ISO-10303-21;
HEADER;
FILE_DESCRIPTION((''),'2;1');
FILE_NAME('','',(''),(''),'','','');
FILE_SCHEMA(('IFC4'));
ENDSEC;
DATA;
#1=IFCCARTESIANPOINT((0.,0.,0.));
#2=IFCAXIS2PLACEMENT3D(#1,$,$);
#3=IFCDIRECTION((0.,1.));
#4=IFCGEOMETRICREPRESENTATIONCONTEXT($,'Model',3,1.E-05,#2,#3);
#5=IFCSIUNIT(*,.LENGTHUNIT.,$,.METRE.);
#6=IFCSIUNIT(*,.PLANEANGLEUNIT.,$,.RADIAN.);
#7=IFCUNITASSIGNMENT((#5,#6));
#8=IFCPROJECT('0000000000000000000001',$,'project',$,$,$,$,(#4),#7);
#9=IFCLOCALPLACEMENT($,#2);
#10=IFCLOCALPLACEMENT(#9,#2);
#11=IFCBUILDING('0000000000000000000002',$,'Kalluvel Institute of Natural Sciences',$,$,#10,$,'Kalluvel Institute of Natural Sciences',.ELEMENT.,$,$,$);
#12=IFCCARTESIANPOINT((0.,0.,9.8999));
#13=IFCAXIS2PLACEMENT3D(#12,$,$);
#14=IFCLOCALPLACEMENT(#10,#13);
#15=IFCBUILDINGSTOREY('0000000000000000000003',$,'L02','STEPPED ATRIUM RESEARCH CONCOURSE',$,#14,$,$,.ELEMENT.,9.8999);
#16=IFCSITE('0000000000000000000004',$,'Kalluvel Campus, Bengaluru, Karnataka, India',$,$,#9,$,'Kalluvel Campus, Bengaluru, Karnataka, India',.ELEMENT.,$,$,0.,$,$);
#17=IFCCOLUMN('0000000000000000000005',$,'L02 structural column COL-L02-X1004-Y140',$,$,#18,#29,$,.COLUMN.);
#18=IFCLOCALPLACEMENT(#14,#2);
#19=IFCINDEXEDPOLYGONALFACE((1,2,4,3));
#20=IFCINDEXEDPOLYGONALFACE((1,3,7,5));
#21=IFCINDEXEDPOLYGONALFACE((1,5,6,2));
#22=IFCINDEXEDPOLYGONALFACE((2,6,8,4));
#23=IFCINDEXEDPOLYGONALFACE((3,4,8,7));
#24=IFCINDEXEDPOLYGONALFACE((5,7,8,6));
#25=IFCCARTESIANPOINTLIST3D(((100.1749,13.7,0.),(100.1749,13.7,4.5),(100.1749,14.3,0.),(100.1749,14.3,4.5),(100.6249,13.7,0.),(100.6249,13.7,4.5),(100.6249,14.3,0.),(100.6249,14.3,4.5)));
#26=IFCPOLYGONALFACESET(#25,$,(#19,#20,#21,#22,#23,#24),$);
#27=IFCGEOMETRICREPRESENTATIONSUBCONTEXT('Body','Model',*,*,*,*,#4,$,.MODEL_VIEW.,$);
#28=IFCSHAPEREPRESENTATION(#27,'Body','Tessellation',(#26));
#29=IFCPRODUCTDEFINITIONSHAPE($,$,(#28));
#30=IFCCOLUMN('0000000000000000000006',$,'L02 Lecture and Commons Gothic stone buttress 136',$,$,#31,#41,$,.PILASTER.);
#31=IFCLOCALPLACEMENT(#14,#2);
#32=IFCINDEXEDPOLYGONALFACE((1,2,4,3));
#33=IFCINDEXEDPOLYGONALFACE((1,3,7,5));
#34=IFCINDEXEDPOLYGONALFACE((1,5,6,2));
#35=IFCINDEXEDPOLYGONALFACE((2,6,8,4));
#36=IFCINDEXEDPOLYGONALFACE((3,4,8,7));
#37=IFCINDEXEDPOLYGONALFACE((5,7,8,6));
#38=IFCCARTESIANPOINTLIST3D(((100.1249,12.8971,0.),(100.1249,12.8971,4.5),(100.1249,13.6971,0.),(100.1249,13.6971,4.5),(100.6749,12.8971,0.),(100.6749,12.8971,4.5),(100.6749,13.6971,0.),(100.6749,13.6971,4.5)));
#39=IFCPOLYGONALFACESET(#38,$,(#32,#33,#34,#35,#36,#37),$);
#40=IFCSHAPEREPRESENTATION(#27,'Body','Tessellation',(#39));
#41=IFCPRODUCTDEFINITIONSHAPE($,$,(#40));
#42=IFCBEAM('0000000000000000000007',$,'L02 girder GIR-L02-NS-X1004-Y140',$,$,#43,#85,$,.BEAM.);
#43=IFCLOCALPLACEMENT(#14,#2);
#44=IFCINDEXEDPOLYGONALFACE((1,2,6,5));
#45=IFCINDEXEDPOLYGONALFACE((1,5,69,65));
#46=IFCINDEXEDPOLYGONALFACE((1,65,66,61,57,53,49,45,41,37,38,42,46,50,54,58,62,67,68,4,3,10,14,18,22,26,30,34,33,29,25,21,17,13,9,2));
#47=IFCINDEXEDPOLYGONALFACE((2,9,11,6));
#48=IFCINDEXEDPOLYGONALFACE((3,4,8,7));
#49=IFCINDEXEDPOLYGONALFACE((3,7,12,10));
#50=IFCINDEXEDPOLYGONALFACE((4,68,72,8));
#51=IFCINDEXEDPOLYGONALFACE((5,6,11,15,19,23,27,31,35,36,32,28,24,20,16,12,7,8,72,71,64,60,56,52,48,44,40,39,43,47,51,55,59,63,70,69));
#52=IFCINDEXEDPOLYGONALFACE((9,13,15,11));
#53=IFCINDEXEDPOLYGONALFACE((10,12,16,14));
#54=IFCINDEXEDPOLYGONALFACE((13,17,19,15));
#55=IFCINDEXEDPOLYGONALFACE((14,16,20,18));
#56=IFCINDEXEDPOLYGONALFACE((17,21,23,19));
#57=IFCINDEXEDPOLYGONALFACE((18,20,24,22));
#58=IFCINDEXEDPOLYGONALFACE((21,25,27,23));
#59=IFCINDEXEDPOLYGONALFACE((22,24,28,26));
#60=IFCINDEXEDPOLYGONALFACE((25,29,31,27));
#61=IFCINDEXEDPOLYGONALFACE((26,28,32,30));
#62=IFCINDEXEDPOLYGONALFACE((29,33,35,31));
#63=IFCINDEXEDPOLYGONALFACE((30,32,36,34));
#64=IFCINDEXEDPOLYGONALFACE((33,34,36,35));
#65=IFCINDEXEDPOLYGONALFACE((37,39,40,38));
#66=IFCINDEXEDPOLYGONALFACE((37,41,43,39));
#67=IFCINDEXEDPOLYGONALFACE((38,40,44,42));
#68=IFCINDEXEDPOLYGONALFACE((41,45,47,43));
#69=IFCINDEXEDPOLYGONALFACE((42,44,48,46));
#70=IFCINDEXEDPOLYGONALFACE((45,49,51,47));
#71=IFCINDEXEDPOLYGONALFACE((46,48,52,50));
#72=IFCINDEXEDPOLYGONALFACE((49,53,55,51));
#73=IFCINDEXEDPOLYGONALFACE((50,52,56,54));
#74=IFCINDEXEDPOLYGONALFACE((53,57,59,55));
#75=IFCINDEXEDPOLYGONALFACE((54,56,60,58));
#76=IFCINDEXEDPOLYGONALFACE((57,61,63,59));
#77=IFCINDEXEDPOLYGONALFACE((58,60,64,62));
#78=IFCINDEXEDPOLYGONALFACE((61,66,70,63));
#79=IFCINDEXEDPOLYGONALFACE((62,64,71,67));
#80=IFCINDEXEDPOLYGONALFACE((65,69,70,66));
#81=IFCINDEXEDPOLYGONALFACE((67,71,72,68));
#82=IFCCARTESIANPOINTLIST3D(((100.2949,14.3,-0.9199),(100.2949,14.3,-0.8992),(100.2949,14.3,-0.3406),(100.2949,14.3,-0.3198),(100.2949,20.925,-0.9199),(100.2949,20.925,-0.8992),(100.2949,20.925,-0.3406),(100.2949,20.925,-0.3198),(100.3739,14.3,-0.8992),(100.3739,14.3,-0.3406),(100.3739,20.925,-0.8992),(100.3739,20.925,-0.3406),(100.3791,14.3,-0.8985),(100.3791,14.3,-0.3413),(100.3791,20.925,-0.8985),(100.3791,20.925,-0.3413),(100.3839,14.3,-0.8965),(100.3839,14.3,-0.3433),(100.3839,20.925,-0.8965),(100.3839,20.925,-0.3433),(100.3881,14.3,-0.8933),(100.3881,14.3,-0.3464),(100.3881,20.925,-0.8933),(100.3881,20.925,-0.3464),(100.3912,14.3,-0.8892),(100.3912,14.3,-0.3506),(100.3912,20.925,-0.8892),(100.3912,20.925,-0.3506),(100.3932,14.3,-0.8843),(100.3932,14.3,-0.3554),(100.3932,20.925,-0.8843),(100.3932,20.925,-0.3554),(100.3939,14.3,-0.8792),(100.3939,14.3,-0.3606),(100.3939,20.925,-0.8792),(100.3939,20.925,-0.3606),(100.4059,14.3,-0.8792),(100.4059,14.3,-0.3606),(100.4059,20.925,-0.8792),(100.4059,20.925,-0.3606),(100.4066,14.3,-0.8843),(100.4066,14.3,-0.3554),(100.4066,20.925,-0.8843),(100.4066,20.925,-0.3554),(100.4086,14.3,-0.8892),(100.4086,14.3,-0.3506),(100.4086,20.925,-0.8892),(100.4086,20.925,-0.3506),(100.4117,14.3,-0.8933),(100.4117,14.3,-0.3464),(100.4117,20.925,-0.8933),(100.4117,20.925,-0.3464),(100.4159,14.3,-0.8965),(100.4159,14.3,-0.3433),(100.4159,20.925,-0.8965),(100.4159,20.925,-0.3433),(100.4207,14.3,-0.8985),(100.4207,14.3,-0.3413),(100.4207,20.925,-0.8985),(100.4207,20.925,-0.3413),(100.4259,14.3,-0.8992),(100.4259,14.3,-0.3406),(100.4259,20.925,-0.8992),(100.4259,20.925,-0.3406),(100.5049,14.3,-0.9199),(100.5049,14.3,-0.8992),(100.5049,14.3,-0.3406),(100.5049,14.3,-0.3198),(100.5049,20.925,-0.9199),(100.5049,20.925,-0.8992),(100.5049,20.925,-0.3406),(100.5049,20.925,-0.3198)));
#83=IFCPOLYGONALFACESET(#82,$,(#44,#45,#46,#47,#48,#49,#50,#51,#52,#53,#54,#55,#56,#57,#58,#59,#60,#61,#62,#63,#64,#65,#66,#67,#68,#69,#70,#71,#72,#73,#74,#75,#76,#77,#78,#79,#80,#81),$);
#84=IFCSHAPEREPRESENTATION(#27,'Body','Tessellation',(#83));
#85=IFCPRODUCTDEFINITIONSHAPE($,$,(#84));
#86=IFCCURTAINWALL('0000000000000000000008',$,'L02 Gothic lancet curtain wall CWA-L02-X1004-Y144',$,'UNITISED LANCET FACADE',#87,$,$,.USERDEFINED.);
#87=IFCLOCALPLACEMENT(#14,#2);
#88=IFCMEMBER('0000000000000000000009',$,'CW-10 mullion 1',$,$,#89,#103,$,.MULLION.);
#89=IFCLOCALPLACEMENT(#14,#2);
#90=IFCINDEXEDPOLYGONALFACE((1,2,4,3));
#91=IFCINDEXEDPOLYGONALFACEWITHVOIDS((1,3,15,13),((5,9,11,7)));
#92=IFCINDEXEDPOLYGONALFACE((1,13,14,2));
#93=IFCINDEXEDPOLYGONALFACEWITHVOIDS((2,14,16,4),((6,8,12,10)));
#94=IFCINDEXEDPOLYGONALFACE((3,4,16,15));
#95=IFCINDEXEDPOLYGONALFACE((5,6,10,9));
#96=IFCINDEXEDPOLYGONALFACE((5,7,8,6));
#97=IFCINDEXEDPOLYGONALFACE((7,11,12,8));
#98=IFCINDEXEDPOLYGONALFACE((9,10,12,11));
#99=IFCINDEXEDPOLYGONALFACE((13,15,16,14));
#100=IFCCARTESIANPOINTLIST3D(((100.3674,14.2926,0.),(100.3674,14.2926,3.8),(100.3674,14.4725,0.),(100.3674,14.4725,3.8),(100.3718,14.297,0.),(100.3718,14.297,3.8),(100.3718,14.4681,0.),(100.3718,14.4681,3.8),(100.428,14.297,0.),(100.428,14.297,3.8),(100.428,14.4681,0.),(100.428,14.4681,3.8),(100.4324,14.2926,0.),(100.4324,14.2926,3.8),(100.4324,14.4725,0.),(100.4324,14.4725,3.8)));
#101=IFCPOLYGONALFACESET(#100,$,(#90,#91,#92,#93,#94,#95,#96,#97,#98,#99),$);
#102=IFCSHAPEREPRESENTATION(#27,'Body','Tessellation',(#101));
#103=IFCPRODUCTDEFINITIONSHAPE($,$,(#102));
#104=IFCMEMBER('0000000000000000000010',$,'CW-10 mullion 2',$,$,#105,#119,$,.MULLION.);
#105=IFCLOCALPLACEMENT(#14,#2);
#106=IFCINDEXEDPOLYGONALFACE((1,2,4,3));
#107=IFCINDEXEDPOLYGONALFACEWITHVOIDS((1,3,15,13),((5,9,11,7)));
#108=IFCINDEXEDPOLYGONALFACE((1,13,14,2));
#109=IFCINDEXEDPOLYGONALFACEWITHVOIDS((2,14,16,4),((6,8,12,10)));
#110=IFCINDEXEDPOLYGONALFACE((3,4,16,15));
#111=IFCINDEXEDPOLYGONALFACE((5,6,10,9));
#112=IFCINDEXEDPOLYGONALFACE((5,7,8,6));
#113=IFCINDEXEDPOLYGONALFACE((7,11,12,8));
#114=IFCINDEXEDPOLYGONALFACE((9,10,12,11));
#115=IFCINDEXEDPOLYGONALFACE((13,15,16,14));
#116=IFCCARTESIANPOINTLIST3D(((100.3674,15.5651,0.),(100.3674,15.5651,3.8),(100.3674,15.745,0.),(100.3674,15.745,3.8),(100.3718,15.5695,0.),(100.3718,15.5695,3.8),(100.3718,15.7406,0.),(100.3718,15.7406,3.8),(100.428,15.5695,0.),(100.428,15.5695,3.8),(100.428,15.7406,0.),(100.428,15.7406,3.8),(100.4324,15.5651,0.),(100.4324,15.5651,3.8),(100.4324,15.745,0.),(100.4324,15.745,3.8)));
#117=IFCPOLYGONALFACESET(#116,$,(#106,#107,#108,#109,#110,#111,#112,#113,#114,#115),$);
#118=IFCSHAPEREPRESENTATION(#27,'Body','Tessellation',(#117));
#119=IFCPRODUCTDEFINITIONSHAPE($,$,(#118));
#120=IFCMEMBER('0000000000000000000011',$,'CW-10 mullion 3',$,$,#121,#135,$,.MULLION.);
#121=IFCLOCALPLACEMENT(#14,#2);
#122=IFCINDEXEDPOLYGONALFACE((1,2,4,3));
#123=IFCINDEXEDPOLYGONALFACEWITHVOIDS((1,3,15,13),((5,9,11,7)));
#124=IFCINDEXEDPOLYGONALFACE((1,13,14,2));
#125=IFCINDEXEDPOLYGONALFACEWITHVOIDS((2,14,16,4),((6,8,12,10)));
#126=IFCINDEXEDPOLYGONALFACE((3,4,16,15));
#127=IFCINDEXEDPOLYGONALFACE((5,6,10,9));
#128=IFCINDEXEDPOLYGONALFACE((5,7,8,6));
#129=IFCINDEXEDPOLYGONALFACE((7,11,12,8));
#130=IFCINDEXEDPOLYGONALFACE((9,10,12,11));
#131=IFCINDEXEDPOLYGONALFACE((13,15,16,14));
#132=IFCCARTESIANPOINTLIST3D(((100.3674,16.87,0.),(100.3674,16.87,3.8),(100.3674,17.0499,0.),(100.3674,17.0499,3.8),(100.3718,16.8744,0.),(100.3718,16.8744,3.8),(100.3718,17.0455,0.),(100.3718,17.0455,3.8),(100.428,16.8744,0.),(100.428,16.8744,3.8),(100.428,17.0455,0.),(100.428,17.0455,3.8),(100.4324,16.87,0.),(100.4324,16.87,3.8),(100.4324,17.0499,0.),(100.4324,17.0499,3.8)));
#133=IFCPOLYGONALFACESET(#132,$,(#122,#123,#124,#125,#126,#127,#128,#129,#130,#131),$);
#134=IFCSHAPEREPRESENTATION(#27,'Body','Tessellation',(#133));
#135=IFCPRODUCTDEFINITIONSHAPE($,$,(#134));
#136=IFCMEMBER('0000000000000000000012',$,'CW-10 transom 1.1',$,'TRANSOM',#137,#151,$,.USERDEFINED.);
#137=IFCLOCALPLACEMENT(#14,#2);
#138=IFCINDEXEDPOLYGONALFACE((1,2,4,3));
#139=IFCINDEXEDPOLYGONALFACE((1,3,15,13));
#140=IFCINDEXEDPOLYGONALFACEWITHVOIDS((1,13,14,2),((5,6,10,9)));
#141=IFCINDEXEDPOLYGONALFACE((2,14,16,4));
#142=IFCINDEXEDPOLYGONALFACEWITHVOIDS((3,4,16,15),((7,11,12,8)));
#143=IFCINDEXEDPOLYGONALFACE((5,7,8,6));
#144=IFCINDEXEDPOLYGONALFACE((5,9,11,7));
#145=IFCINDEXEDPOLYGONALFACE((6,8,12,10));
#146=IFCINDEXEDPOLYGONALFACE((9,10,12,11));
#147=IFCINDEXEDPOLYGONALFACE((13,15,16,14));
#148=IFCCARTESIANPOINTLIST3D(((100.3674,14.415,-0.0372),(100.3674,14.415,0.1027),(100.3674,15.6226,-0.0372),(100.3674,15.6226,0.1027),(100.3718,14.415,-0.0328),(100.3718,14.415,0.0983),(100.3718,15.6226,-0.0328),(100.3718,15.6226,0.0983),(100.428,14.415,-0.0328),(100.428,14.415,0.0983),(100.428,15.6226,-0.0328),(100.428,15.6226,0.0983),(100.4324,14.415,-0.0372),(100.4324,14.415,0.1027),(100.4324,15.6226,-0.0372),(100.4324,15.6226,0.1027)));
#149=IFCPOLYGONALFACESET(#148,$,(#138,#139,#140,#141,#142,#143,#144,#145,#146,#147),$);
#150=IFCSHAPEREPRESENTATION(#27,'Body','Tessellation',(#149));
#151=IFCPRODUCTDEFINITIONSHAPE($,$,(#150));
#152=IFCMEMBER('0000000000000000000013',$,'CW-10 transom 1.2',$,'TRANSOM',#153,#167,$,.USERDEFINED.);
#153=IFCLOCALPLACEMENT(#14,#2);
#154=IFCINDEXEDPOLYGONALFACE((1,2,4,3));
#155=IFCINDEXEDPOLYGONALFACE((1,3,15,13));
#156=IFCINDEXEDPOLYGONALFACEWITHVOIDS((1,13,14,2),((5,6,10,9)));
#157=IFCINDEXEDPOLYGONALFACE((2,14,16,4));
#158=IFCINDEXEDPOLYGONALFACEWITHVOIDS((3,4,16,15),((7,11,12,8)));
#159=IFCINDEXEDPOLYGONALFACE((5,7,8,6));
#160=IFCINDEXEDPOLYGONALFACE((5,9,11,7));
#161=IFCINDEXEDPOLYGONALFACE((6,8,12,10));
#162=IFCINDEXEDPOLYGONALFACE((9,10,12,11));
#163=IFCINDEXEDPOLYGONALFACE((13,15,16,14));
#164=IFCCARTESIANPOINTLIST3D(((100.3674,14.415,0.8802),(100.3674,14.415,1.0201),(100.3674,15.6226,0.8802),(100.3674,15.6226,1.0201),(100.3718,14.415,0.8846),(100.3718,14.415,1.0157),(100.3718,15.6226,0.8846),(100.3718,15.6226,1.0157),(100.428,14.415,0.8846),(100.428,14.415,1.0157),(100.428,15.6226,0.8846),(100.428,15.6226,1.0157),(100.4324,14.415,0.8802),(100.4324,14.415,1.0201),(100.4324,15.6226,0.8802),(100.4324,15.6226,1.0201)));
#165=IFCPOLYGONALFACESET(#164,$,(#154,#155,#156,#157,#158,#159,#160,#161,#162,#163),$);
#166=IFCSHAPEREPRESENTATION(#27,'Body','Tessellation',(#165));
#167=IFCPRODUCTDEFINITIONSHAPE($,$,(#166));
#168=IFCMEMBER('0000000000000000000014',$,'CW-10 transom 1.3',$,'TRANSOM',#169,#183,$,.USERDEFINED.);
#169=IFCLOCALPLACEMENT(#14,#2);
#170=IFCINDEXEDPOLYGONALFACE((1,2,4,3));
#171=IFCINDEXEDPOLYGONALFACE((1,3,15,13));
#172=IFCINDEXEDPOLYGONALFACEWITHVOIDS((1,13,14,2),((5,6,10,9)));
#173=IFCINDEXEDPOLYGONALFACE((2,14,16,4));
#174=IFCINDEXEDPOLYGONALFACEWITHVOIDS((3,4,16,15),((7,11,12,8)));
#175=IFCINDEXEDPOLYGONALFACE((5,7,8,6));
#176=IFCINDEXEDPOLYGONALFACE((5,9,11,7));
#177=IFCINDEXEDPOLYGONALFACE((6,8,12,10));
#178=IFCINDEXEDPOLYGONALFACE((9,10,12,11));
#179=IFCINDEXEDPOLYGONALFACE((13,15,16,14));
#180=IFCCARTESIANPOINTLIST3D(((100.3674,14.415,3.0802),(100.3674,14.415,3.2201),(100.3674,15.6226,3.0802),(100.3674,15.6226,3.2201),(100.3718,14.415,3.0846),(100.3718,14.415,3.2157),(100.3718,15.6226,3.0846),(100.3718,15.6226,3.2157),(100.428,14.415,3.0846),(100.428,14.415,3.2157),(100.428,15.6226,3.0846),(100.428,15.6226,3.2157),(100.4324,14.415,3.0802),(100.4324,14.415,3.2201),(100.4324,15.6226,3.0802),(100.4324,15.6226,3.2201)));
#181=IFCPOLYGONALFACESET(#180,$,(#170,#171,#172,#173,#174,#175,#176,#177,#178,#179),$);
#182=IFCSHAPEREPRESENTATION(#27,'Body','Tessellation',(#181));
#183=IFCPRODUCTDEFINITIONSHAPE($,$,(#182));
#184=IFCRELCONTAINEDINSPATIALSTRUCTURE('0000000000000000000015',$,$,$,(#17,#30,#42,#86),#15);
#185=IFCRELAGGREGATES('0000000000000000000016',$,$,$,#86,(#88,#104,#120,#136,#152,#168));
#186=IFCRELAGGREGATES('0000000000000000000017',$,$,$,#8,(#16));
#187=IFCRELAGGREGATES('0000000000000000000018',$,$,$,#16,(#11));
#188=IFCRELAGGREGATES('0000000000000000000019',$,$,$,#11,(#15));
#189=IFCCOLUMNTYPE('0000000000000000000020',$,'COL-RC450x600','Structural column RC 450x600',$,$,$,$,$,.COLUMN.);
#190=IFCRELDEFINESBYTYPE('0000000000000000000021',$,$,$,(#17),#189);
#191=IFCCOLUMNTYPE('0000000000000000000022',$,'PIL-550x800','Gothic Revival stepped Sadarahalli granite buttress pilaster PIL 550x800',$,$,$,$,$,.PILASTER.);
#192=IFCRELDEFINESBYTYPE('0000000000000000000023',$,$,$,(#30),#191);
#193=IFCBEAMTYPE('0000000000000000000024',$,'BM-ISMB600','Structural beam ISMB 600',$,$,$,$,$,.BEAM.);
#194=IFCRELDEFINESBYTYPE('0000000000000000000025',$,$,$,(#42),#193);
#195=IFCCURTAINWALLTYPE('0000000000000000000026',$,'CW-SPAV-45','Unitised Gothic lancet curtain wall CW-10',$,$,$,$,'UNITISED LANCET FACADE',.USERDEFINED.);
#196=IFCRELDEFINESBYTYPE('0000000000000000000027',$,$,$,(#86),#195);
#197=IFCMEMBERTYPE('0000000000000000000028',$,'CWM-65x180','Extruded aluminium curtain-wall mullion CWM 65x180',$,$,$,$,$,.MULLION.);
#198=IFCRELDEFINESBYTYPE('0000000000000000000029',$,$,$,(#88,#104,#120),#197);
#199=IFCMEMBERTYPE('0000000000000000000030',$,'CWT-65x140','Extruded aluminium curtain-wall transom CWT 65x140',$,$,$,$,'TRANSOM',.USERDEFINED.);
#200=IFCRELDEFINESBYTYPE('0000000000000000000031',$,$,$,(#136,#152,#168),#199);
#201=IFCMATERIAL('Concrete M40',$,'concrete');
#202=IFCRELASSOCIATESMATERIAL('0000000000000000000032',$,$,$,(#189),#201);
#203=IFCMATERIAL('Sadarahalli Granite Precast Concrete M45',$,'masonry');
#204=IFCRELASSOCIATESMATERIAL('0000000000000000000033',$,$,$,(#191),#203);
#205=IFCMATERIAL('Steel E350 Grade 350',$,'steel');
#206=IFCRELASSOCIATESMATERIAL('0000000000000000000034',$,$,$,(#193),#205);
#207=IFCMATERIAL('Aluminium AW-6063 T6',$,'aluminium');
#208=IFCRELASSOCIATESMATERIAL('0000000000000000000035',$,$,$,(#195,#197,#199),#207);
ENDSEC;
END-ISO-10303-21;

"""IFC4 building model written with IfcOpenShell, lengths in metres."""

from ifc_helpers import new_model, si_unit, direction, frame, origin, origin_2d, place, context, subcontext, project, spatial, rectangle, hollow_rectangle, i_section, extrude, material, material_profile, profile_set, type_object, element, aggregate, save


model = new_model("IFC4")

# Units and contexts
model_context = context("Model", 3, precision=1e-05, world=origin(), true_north=direction((0.0, 1.0)))
body_context = subcontext(model_context, "Body", "Model", "MODEL_VIEW")
ifc_project = project(units=[si_unit("LENGTHUNIT", "METRE"), si_unit("PLANEANGLEUNIT", "RADIAN")], contexts=[model_context])

# Site, building, storey
site_placement = place(None, origin())
site = spatial("IfcSite", under=ifc_project, at=site_placement, Name="Kalluvel Campus, Bengaluru, Karnataka, India", LongName="Kalluvel Campus, Bengaluru, Karnataka, India", CompositionType="ELEMENT", RefElevation=0.0)
building_placement = place(site_placement, origin())
building = spatial("IfcBuilding", under=site, at=building_placement, Name="Kalluvel Institute of Natural Sciences", LongName="Kalluvel Institute of Natural Sciences", CompositionType="ELEMENT")
storey_placement = place(building_placement, frame((0.0, 0.0, 9.8999)))
storey = spatial("IfcBuildingStorey", under=building, at=storey_placement, Name="L02", Description="STEPPED ATRIUM RESEARCH CONCOURSE", CompositionType="ELEMENT", Elevation=9.8999)

# Columns
ifc_material_1 = material(Name="Concrete M40", Category="concrete")
ifc_material_profile_1 = material_profile(ifc_material_1, rectangle(XDim=0.45, YDim=0.6001, at=origin_2d()), Name="RC 450x600")
ifc_profile_set_1 = profile_set([ifc_material_profile_1], Name="Concrete M40")
column_type_1 = type_object("IfcColumnType", Name="COL-RC450x600", Description="Structural column RC 450x600", PredefinedType="COLUMN", material=ifc_profile_set_1)
column_1_placement = place(storey_placement, frame((100.3999, 14.0, 0.0), z_axis=(0.0, 0.0, 1.0), x_axis=(1.0, 0.0, 0.0)))
element("IfcColumn", 1, at=column_1_placement, inside=storey, type_object=column_type_1, Name="L02 structural column COL-L02-X1004-Y140", PredefinedType="COLUMN", context=body_context, shape_type="SweptSolid", body=[
    extrude(rectangle(XDim=0.45, YDim=0.6001, at=origin_2d()), origin(), (0.0, 0.0, 1.0), 4.5),
])
ifc_material_2 = material(Name="Sadarahalli Granite Precast Concrete M45", Category="masonry")
ifc_material_profile_2 = material_profile(ifc_material_2, rectangle(XDim=0.55, YDim=0.8, at=origin_2d()), Name="PIL 550x800")
ifc_profile_set_2 = profile_set([ifc_material_profile_2], Name="Sadarahalli Granite Precast Concrete M45")
column_type_2 = type_object("IfcColumnType", Name="PIL-550x800", Description="Gothic Revival stepped Sadarahalli granite buttress pilaster PIL 550x800", PredefinedType="PILASTER", material=ifc_profile_set_2)
column_2_placement = place(storey_placement, frame((100.3999, 13.2971, 0.0), z_axis=(0.0, 0.0, 1.0), x_axis=(1.0, 0.0, 0.0)))
element("IfcColumn", 2, at=column_2_placement, inside=storey, type_object=column_type_2, Name="L02 Lecture and Commons Gothic stone buttress 136", PredefinedType="PILASTER", context=body_context, shape_type="SweptSolid", body=[
    extrude(rectangle(XDim=0.55, YDim=0.8, at=origin_2d()), origin(), (0.0, 0.0, 1.0), 4.5),
])

# Beam
ifc_material_3 = material(Name="Steel E350 Grade 350", Category="steel")
ifc_material_profile_3 = material_profile(ifc_material_3, i_section(OverallWidth=0.21, OverallDepth=0.6001, WebThickness=0.012, FlangeThickness=0.0208, FilletRadius=0.02, at=origin_2d()), Name="ISMB 600")
ifc_profile_set_3 = profile_set([ifc_material_profile_3], Name="Steel E350 Grade 350")
beam_type = type_object("IfcBeamType", Name="BM-ISMB600", Description="Structural beam ISMB 600", PredefinedType="BEAM", material=ifc_profile_set_3)
beam_placement = place(storey_placement, frame((100.3999, 14.3, -0.6199), z_axis=(0.0, 1.0, 0.0), x_axis=(-1.0, 0.0, 0.0)))
element("IfcBeam", 3, at=beam_placement, inside=storey, type_object=beam_type, Name="L02 girder GIR-L02-NS-X1004-Y140", PredefinedType="BEAM", context=body_context, shape_type="SweptSolid", body=[
    extrude(i_section(OverallWidth=0.21, OverallDepth=0.6001, WebThickness=0.012, FlangeThickness=0.0208, FilletRadius=0.02, at=origin_2d()), origin(), (0.0, 0.0, 1.0), 6.625),
])

# Curtain wall, members
ifc_material_4 = material(Name="Aluminium AW-6063 T6", Category="aluminium")
curtain_wall_type = type_object("IfcCurtainWallType", Name="CW-SPAV-45", Description="Unitised Gothic lancet curtain wall CW-10", ElementType="UNITISED LANCET FACADE", PredefinedType="USERDEFINED", material=ifc_material_4)
curtain_wall_placement = place(storey_placement, origin())
curtain_wall = element("IfcCurtainWall", 4, at=curtain_wall_placement, inside=storey, type_object=curtain_wall_type, Name="L02 Gothic lancet curtain wall CWA-L02-X1004-Y144", ObjectType="UNITISED LANCET FACADE", PredefinedType="USERDEFINED")
ifc_material_profile_4 = material_profile(ifc_material_4, hollow_rectangle(XDim=0.0649, YDim=0.1799, WallThickness=0.0044, at=origin_2d()), Name="CWM 65x180")
ifc_profile_set_4 = profile_set([ifc_material_profile_4], Name="Aluminium AW-6063 T6")
member_type_1 = type_object("IfcMemberType", Name="CWM-65x180", Description="Extruded aluminium curtain-wall mullion CWM 65x180", PredefinedType="MULLION", material=ifc_profile_set_4)
member_1_placement = place(storey_placement, frame((100.3999, 14.3826, 0.0), z_axis=(0.0, 0.0, 1.0), x_axis=(-1.0, 0.0, 0.0)))
member_1 = element("IfcMember", 5, at=member_1_placement, type_object=member_type_1, Name="CW-10 mullion 1", PredefinedType="MULLION", context=body_context, shape_type="SweptSolid", body=[
    extrude(hollow_rectangle(XDim=0.0649, YDim=0.1799, WallThickness=0.0044, at=origin_2d()), origin(), (0.0, 0.0, 1.0), 3.8),
])
member_2_placement = place(storey_placement, frame((100.3999, 15.655, 0.0), z_axis=(0.0, 0.0, 1.0), x_axis=(-1.0, 0.0, 0.0)))
member_2 = element("IfcMember", 6, at=member_2_placement, type_object=member_type_1, Name="CW-10 mullion 2", PredefinedType="MULLION", context=body_context, shape_type="SweptSolid", body=[
    extrude(hollow_rectangle(XDim=0.0649, YDim=0.1799, WallThickness=0.0044, at=origin_2d()), origin(), (0.0, 0.0, 1.0), 3.8),
])
member_3_placement = place(storey_placement, frame((100.3999, 16.96, 0.0), z_axis=(0.0, 0.0, 1.0), x_axis=(-1.0, 0.0, 0.0)))
member_3 = element("IfcMember", 7, at=member_3_placement, type_object=member_type_1, Name="CW-10 mullion 3", PredefinedType="MULLION", context=body_context, shape_type="SweptSolid", body=[
    extrude(hollow_rectangle(XDim=0.0649, YDim=0.1799, WallThickness=0.0044, at=origin_2d()), origin(), (0.0, 0.0, 1.0), 3.8),
])
ifc_material_profile_5 = material_profile(ifc_material_4, hollow_rectangle(XDim=0.0649, YDim=0.1399, WallThickness=0.0044, at=origin_2d()), Name="CWT 65x140")
ifc_profile_set_5 = profile_set([ifc_material_profile_5], Name="Aluminium AW-6063 T6")
member_type_2 = type_object("IfcMemberType", Name="CWT-65x140", Description="Extruded aluminium curtain-wall transom CWT 65x140", ElementType="TRANSOM", PredefinedType="USERDEFINED", material=ifc_profile_set_5)
member_4_placement = place(storey_placement, frame((100.3999, 14.415, 0.0327), z_axis=(0.0, 1.0, 0.0), x_axis=(-1.0, 0.0, 0.0)))
member_4 = element("IfcMember", 8, at=member_4_placement, type_object=member_type_2, Name="CW-10 transom 1.1", ObjectType="TRANSOM", PredefinedType="USERDEFINED", context=body_context, shape_type="SweptSolid", body=[
    extrude(hollow_rectangle(XDim=0.0649, YDim=0.1399, WallThickness=0.0044, at=origin_2d()), origin(), (0.0, 0.0, 1.0), 1.2075),
])
member_5_placement = place(storey_placement, frame((100.3999, 14.415, 0.9502), z_axis=(0.0, 1.0, 0.0), x_axis=(-1.0, 0.0, 0.0)))
member_5 = element("IfcMember", 9, at=member_5_placement, type_object=member_type_2, Name="CW-10 transom 1.2", ObjectType="TRANSOM", PredefinedType="USERDEFINED", context=body_context, shape_type="SweptSolid", body=[
    extrude(hollow_rectangle(XDim=0.0649, YDim=0.1399, WallThickness=0.0044, at=origin_2d()), origin(), (0.0, 0.0, 1.0), 1.2075),
])
member_6_placement = place(storey_placement, frame((100.3999, 14.415, 3.1501), z_axis=(0.0, 1.0, 0.0), x_axis=(-1.0, 0.0, 0.0)))
member_6 = element("IfcMember", 10, at=member_6_placement, type_object=member_type_2, Name="CW-10 transom 1.3", ObjectType="TRANSOM", PredefinedType="USERDEFINED", context=body_context, shape_type="SweptSolid", body=[
    extrude(hollow_rectangle(XDim=0.0649, YDim=0.1399, WallThickness=0.0044, at=origin_2d()), origin(), (0.0, 0.0, 1.0), 1.2075),
])
aggregate(curtain_wall, [member_1, member_2, member_3, member_4, member_5, member_6])

save(model, "model.ifc")
